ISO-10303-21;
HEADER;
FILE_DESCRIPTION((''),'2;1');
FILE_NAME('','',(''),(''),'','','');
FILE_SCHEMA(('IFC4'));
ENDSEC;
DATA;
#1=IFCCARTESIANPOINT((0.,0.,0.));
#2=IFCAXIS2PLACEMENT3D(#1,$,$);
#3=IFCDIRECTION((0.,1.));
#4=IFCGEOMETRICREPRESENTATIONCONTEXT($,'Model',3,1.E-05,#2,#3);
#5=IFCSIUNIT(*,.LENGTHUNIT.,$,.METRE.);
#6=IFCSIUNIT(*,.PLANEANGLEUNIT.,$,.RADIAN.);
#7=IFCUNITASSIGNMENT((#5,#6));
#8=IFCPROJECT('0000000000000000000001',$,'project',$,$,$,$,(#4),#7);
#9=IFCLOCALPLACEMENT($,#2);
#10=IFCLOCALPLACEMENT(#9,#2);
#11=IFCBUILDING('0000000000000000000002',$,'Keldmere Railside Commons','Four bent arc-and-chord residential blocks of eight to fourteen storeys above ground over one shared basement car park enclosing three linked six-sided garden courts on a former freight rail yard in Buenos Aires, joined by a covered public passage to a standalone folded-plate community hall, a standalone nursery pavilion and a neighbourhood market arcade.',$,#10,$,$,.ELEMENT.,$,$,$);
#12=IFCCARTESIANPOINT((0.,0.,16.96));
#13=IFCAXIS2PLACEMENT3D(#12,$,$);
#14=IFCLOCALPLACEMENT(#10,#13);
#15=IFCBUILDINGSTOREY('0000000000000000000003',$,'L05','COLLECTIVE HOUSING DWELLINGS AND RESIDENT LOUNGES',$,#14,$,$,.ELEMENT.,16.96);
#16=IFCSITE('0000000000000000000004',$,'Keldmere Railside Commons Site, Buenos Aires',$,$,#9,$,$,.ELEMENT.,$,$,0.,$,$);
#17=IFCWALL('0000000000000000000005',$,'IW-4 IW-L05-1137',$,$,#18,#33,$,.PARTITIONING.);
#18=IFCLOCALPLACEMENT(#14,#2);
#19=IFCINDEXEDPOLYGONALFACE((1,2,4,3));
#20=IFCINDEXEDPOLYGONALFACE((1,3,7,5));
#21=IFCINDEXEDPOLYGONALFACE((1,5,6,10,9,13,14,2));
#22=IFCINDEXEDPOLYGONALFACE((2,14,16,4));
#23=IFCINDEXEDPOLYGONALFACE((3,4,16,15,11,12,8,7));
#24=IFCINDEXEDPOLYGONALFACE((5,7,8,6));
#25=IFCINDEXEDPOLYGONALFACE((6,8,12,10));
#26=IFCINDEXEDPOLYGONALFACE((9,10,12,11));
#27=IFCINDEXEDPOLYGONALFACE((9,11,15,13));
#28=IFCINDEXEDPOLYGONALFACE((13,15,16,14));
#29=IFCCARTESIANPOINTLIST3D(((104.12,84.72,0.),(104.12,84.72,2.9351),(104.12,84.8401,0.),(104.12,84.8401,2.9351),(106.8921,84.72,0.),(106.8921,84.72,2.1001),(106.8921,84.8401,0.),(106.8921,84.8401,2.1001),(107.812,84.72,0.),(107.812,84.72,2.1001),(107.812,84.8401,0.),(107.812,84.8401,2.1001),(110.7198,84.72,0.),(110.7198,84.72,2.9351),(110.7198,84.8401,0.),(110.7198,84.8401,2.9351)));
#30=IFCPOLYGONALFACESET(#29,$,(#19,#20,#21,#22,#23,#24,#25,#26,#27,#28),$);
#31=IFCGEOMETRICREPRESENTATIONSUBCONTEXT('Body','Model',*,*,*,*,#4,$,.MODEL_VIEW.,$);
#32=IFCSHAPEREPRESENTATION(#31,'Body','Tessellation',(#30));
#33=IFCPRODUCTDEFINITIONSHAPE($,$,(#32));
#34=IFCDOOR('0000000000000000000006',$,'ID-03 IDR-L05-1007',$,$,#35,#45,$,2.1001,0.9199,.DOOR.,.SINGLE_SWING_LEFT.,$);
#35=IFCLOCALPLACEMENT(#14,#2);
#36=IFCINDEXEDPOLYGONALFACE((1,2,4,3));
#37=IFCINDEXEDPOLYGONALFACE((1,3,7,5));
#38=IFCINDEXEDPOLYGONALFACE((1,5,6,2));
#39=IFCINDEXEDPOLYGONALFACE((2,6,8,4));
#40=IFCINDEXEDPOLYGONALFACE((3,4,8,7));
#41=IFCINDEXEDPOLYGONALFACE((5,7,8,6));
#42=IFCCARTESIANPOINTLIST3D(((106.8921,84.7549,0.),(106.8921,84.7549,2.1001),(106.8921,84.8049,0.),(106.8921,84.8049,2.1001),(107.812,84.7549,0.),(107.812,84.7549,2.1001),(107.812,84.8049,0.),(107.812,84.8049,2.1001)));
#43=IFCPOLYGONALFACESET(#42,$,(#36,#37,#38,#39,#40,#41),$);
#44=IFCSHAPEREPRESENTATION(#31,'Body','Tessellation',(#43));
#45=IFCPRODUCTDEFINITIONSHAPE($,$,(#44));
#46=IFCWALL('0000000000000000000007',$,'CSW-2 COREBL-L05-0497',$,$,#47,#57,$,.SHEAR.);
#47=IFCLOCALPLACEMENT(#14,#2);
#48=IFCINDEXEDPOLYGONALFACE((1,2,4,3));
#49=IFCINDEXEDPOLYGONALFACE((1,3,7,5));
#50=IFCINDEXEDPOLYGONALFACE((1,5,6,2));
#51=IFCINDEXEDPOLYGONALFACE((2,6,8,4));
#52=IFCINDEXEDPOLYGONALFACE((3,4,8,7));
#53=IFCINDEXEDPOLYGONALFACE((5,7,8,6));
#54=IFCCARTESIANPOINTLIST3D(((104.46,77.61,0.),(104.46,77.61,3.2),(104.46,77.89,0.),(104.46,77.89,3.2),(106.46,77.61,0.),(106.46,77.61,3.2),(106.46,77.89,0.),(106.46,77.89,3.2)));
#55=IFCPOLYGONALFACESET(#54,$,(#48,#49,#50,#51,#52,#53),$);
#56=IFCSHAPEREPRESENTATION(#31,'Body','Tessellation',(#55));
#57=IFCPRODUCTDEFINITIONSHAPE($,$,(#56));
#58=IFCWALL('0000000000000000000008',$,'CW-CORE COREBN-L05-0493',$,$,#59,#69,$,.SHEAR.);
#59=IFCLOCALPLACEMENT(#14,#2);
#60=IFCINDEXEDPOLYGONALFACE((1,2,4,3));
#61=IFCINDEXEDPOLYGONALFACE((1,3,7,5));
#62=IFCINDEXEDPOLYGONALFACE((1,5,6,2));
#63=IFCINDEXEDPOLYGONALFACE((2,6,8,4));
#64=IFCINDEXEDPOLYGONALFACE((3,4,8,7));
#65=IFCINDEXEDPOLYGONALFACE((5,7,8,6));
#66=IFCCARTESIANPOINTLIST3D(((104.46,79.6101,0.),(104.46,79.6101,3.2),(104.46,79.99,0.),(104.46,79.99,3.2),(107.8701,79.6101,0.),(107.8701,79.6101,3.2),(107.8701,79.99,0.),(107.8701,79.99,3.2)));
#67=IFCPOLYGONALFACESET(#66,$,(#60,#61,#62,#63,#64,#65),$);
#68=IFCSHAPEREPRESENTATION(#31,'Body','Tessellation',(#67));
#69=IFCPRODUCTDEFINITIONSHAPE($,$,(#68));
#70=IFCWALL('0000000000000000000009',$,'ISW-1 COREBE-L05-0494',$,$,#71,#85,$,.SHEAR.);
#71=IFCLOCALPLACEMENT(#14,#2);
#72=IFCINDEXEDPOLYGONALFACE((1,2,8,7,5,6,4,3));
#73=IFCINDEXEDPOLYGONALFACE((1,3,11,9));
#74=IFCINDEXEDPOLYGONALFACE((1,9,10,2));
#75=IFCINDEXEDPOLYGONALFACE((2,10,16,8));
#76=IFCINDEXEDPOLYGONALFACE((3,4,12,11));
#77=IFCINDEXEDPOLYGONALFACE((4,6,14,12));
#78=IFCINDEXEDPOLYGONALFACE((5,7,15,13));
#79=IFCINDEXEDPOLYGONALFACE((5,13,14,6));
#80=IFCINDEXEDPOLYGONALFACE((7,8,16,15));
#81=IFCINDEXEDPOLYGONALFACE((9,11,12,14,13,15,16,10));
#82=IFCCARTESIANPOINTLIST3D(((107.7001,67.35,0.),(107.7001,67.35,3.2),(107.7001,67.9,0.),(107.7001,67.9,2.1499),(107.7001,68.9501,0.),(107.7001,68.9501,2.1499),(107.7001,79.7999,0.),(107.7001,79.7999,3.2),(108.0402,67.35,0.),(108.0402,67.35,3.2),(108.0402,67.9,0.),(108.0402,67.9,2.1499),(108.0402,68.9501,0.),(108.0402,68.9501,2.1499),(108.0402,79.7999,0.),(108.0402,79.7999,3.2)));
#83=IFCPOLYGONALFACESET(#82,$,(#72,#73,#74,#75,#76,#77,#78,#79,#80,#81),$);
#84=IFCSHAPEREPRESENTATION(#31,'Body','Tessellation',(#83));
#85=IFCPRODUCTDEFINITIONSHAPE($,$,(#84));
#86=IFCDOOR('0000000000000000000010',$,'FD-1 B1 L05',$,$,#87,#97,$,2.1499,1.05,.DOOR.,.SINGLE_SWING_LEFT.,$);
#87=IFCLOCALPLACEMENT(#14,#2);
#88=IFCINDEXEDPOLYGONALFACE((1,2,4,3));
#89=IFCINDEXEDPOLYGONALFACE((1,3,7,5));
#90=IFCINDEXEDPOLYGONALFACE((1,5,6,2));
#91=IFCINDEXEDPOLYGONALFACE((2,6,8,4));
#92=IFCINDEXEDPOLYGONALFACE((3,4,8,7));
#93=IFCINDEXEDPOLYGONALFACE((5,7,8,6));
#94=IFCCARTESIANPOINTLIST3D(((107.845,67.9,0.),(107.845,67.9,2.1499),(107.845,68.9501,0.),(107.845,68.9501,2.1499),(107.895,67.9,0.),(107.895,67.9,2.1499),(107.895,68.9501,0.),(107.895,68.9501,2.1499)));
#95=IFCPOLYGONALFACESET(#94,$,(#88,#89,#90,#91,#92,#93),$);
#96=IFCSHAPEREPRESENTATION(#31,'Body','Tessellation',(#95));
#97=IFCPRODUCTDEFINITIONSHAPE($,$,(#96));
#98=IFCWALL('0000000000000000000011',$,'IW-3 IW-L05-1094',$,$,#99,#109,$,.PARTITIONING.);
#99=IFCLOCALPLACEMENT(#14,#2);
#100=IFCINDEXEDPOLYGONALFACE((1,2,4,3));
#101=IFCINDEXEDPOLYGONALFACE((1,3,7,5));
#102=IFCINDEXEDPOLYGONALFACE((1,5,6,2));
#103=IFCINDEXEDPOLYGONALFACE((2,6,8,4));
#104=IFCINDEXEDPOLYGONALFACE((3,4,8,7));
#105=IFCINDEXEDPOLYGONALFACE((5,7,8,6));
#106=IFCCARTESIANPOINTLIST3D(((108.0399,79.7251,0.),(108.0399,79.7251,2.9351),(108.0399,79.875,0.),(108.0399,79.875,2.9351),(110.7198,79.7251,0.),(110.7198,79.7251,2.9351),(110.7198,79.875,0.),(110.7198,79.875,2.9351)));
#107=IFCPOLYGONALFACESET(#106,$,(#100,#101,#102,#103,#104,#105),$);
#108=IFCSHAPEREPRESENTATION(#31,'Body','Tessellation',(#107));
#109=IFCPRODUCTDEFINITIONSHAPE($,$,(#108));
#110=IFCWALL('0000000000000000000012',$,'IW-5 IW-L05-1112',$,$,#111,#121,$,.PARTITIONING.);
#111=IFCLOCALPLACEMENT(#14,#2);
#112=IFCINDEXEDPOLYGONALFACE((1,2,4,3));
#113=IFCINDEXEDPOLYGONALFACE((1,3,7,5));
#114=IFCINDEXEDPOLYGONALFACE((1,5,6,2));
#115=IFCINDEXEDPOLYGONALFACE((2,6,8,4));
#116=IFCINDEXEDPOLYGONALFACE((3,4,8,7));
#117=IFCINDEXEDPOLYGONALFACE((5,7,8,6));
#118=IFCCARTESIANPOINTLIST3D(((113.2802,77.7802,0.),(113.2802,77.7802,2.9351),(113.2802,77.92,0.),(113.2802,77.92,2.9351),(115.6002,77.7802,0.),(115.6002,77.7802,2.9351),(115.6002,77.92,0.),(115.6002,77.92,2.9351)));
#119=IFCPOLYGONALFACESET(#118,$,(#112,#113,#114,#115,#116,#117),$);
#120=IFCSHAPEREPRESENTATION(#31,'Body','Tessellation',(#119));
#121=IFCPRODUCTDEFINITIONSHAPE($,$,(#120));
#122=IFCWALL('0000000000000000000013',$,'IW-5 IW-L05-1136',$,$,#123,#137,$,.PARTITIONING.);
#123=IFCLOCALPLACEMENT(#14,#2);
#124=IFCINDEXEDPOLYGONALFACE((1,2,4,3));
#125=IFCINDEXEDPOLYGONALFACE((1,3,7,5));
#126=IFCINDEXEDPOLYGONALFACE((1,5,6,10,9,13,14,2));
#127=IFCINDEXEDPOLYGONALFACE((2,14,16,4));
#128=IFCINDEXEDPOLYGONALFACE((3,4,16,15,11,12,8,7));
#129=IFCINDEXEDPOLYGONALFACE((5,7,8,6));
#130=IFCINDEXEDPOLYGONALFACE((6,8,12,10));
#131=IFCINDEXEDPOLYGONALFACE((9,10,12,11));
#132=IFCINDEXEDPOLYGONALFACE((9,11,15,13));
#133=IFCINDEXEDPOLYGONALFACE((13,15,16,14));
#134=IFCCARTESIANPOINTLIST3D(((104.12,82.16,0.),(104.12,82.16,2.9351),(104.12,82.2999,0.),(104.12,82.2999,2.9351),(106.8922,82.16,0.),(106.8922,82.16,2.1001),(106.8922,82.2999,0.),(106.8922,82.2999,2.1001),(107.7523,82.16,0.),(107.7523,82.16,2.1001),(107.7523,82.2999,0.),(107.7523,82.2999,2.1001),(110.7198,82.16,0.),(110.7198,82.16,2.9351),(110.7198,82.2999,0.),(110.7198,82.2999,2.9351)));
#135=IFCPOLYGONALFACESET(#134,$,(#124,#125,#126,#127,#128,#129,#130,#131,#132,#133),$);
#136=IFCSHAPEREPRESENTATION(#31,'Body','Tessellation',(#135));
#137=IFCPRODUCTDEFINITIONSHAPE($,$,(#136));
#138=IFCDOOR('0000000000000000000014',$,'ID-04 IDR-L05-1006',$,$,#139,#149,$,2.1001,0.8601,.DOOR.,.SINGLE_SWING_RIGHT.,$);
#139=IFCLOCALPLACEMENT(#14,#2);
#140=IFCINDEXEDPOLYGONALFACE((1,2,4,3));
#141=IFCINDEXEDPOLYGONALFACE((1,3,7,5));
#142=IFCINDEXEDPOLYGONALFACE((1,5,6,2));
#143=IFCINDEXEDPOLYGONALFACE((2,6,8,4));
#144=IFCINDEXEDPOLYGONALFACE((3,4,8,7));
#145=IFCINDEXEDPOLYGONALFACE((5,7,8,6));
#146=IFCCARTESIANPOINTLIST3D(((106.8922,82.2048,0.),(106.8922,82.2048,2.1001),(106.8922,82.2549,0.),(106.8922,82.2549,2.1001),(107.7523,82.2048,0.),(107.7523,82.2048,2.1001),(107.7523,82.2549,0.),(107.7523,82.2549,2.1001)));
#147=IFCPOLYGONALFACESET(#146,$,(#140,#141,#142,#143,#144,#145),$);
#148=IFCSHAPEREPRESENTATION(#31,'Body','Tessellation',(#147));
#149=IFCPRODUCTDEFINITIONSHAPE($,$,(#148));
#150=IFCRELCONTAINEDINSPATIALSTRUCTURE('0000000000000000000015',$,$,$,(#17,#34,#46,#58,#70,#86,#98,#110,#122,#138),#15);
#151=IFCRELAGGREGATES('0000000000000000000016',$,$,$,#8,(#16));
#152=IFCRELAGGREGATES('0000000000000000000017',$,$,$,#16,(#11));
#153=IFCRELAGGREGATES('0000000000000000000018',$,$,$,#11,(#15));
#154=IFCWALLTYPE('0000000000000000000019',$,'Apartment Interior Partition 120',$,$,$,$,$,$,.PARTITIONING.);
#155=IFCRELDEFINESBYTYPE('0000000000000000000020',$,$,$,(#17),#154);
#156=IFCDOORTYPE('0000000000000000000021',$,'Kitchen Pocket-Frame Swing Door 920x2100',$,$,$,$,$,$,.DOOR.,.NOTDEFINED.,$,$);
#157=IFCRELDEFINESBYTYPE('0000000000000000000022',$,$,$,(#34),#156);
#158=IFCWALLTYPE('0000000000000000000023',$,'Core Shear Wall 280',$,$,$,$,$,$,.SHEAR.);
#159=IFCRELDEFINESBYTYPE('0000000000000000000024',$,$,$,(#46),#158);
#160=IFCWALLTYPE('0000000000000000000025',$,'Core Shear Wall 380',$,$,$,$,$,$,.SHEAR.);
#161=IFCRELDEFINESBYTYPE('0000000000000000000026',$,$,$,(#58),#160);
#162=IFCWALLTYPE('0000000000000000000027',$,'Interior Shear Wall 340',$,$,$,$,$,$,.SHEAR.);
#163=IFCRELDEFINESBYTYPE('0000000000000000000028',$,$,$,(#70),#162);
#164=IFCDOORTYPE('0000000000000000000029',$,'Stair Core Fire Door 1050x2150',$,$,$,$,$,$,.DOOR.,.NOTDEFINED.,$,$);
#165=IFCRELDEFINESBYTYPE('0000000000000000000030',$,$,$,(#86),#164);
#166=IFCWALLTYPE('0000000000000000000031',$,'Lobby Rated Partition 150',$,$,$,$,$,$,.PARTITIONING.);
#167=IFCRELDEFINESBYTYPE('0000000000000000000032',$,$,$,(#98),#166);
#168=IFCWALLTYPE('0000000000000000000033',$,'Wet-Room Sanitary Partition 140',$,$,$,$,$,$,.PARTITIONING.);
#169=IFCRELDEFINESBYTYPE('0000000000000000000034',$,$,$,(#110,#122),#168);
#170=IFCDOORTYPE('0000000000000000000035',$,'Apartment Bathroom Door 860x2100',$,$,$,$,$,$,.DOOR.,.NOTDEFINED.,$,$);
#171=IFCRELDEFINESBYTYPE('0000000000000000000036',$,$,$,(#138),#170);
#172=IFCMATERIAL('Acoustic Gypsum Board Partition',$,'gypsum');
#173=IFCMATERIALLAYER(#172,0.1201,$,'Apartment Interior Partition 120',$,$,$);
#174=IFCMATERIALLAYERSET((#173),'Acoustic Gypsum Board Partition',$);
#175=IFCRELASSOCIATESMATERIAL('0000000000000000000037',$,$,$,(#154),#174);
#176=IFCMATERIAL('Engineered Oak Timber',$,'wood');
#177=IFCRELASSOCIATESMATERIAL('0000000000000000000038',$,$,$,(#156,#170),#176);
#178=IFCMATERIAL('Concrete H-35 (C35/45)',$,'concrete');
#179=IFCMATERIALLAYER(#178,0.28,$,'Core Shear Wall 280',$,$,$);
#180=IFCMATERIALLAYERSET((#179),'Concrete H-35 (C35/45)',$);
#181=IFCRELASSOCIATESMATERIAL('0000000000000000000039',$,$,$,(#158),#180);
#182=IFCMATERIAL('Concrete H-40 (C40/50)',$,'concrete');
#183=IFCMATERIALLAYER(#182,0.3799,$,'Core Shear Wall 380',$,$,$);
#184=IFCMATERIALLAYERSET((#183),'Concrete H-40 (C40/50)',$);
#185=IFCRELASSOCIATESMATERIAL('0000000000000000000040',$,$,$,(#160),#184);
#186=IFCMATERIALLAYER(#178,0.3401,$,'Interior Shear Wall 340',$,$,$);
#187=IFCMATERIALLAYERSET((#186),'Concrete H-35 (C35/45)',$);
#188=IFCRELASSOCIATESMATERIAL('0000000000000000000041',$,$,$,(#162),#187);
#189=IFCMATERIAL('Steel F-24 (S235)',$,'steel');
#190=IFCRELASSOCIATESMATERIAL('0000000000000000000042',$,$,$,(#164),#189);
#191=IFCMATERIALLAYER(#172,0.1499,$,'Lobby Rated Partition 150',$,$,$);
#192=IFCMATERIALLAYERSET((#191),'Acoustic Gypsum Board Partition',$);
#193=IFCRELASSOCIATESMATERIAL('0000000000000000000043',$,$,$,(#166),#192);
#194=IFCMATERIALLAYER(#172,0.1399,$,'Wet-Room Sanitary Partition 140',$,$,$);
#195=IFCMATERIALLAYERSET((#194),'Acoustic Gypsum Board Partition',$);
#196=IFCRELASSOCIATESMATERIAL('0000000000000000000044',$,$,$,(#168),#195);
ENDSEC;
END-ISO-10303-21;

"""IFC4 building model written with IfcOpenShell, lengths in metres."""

from ifc_helpers import new_model, si_unit, direction, frame, frame_2d, origin, place, context, subcontext, project, spatial, rectangle, extrude, material, layer, layer_set, type_object, element, fill, save


model = new_model("IFC4")

# Units and contexts
model_context = context("Model", 3, precision=1e-05, world=origin(), true_north=direction((0.0, 1.0)))
body_context = subcontext(model_context, "Body", "Model", "MODEL_VIEW")
ifc_project = project(units=[si_unit("LENGTHUNIT", "METRE"), si_unit("PLANEANGLEUNIT", "RADIAN")], contexts=[model_context])

# Site, building, storey
site_placement = place(None, origin())
site = spatial("IfcSite", under=ifc_project, at=site_placement, Name="Keldmere Railside Commons Site, Buenos Aires", CompositionType="ELEMENT", RefElevation=0.0)
building_placement = place(site_placement, origin())
building = spatial("IfcBuilding", under=site, at=building_placement, Name="Keldmere Railside Commons", Description="Four bent arc-and-chord residential blocks of eight to fourteen storeys above ground over one shared basement car park enclosing three linked six-sided garden courts on a former freight rail yard in Buenos Aires, joined by a covered public passage to a standalone folded-plate community hall, a standalone nursery pavilion and a neighbourhood market arcade.", CompositionType="ELEMENT")
storey_placement = place(building_placement, frame((0.0, 0.0, 16.96)))
storey = spatial("IfcBuildingStorey", under=building, at=storey_placement, Name="L05", Description="COLLECTIVE HOUSING DWELLINGS AND RESIDENT LOUNGES", CompositionType="ELEMENT", Elevation=16.96)

# Shared definitions
ifc_material_1 = material(Name="Concrete H-35 (C35/45)", Category="concrete")

# Shared definitions
ifc_material_2 = material(Name="Acoustic Gypsum Board Partition", Category="gypsum")

# Wall, opening, door
ifc_layer_1 = layer(ifc_material_2, 0.1201, Name="Apartment Interior Partition 120")
ifc_layer_set_1 = layer_set([ifc_layer_1], Name="Acoustic Gypsum Board Partition")
wall_type_1 = type_object("IfcWallType", Name="Apartment Interior Partition 120", PredefinedType="PARTITIONING", material=ifc_layer_set_1)
wall_1_placement = place(storey_placement, frame((104.1201, 84.78, 0.0), z_axis=(0.0, 0.0, 1.0), x_axis=(1.0, 0.0, 0.0)))
wall_1 = element("IfcWall", 1, at=wall_1_placement, inside=storey, type_object=wall_type_1, Name="IW-4 IW-L05-1137", PredefinedType="PARTITIONING", context=body_context, shape_type="SweptSolid", body=[
    extrude(rectangle(XDim=6.5999, YDim=0.1201, at=frame_2d((3.2998, 0.0))), origin(), (0.0, 0.0, 1.0), 2.9351),
])
opening_1_placement = place(wall_1_placement, frame((2.772, 0.0, 0.0)))
opening_1 = element("IfcOpeningElement", 2, at=opening_1_placement, cuts=wall_1, PredefinedType="OPENING", context=body_context, shape_type="SweptSolid", body=[
    extrude(rectangle(XDim=0.9199, YDim=2.1001, at=frame_2d((0.46, 1.05))), frame((0.0, 0.0701, 0.0), z_axis=(0.0, -1.0, 0.0), x_axis=(1.0, 0.0, 0.0)), (0.0, 0.0, 1.0), 0.1401),
])
ifc_material_3 = material(Name="Engineered Oak Timber", Category="wood")
door_type_1 = type_object("IfcDoorType", Name="Kitchen Pocket-Frame Swing Door 920x2100", OperationType="NOTDEFINED", PredefinedType="DOOR", material=ifc_material_3)
door_1_placement = place(opening_1_placement, origin())
door_1 = element("IfcDoor", 3, at=door_1_placement, inside=storey, type_object=door_type_1, Name="ID-03 IDR-L05-1007", OperationType="SINGLE_SWING_LEFT", OverallHeight=2.1001, OverallWidth=0.9199, PredefinedType="DOOR", context=body_context, shape_type="SweptSolid", body=[
    extrude(rectangle(XDim=0.9199, YDim=2.1001, at=frame_2d((0.46, 1.05))), frame((0.0, 0.0249, 0.0), z_axis=(0.0, -1.0, 0.0), x_axis=(1.0, 0.0, 0.0)), (0.0, 0.0, 1.0), 0.05),
])
fill(opening_1, door_1)

# Walls
ifc_layer_2 = layer(ifc_material_1, 0.28, Name="Core Shear Wall 280")
ifc_layer_set_2 = layer_set([ifc_layer_2], Name="Concrete H-35 (C35/45)")
wall_type_2 = type_object("IfcWallType", Name="Core Shear Wall 280", PredefinedType="SHEAR", material=ifc_layer_set_2)
wall_2_placement = place(storey_placement, frame((104.46, 77.75, 0.0), z_axis=(0.0, 0.0, 1.0), x_axis=(1.0, 0.0, 0.0)))
element("IfcWall", 4, at=wall_2_placement, inside=storey, type_object=wall_type_2, Name="CSW-2 COREBL-L05-0497", PredefinedType="SHEAR", context=body_context, shape_type="SweptSolid", body=[
    extrude(rectangle(XDim=2.0, YDim=0.28, at=frame_2d((1.0, 0.0))), origin(), (0.0, 0.0, 1.0), 3.2),
])
ifc_material_4 = material(Name="Concrete H-40 (C40/50)", Category="concrete")
ifc_layer_3 = layer(ifc_material_4, 0.3799, Name="Core Shear Wall 380")
ifc_layer_set_3 = layer_set([ifc_layer_3], Name="Concrete H-40 (C40/50)")
wall_type_3 = type_object("IfcWallType", Name="Core Shear Wall 380", PredefinedType="SHEAR", material=ifc_layer_set_3)
wall_3_placement = place(storey_placement, frame((104.46, 79.8, 0.0), z_axis=(0.0, 0.0, 1.0), x_axis=(1.0, 0.0, 0.0)))
element("IfcWall", 5, at=wall_3_placement, inside=storey, type_object=wall_type_3, Name="CW-CORE COREBN-L05-0493", PredefinedType="SHEAR", context=body_context, shape_type="SweptSolid", body=[
    extrude(rectangle(XDim=3.4102, YDim=0.3799, at=frame_2d((1.7051, 0.0))), origin(), (0.0, 0.0, 1.0), 3.2),
])

# Wall, opening, door
ifc_layer_4 = layer(ifc_material_1, 0.3401, Name="Interior Shear Wall 340")
ifc_layer_set_4 = layer_set([ifc_layer_4], Name="Concrete H-35 (C35/45)")
wall_type_4 = type_object("IfcWallType", Name="Interior Shear Wall 340", PredefinedType="SHEAR", material=ifc_layer_set_4)
wall_4_placement = place(storey_placement, frame((107.8701, 79.8, 0.0), z_axis=(0.0, 0.0, 1.0), x_axis=(0.0, -1.0, 0.0)))
wall_4 = element("IfcWall", 6, at=wall_4_placement, inside=storey, type_object=wall_type_4, Name="ISW-1 COREBE-L05-0494", PredefinedType="SHEAR", context=body_context, shape_type="SweptSolid", body=[
    extrude(rectangle(XDim=12.45, YDim=0.3401, at=frame_2d((6.2251, 0.0))), origin(), (0.0, 0.0, 1.0), 3.2),
])
opening_2_placement = place(wall_4_placement, frame((10.8501, 0.0, 0.0)))
opening_2 = element("IfcOpeningElement", 7, at=opening_2_placement, cuts=wall_4, PredefinedType="OPENING", context=body_context, shape_type="SweptSolid", body=[
    extrude(rectangle(XDim=1.05, YDim=2.1499, at=frame_2d((0.5249, 1.075))), frame((0.0, 0.1799, 0.0), z_axis=(0.0, -1.0, 0.0), x_axis=(1.0, 0.0, 0.0)), (0.0, 0.0, 1.0), 0.3601),
])
ifc_material_5 = material(Name="Steel F-24 (S235)", Category="steel")
door_type_2 = type_object("IfcDoorType", Name="Stair Core Fire Door 1050x2150", OperationType="NOTDEFINED", PredefinedType="DOOR", material=ifc_material_5)
door_2_placement = place(opening_2_placement, origin())
door_2 = element("IfcDoor", 8, at=door_2_placement, inside=storey, type_object=door_type_2, Name="FD-1 B1 L05", OperationType="SINGLE_SWING_LEFT", OverallHeight=2.1499, OverallWidth=1.05, PredefinedType="DOOR", context=body_context, shape_type="SweptSolid", body=[
    extrude(rectangle(XDim=1.05, YDim=2.1499, at=frame_2d((0.5249, 1.075))), frame((0.0, 0.0249, 0.0), z_axis=(0.0, -1.0, 0.0), x_axis=(1.0, 0.0, 0.0)), (0.0, 0.0, 1.0), 0.05),
])
fill(opening_2, door_2)

# Walls
ifc_layer_5 = layer(ifc_material_2, 0.1499, Name="Lobby Rated Partition 150")
ifc_layer_set_5 = layer_set([ifc_layer_5], Name="Acoustic Gypsum Board Partition")
wall_type_5 = type_object("IfcWallType", Name="Lobby Rated Partition 150", PredefinedType="PARTITIONING", material=ifc_layer_set_5)
wall_5_placement = place(storey_placement, frame((108.04, 79.8, 0.0), z_axis=(0.0, 0.0, 1.0), x_axis=(1.0, 0.0, 0.0)))
element("IfcWall", 9, at=wall_5_placement, inside=storey, type_object=wall_type_5, Name="IW-3 IW-L05-1094", PredefinedType="PARTITIONING", context=body_context, shape_type="SweptSolid", body=[
    extrude(rectangle(XDim=2.6799, YDim=0.1499, at=frame_2d((1.3398, 0.0))), origin(), (0.0, 0.0, 1.0), 2.9351),
])
ifc_layer_6 = layer(ifc_material_2, 0.1399, Name="Wet-Room Sanitary Partition 140")
ifc_layer_set_6 = layer_set([ifc_layer_6], Name="Acoustic Gypsum Board Partition")
wall_type_6 = type_object("IfcWallType", Name="Wet-Room Sanitary Partition 140", PredefinedType="PARTITIONING", material=ifc_layer_set_6)
wall_6_placement = place(storey_placement, frame((113.28, 77.8501, 0.0), z_axis=(0.0, 0.0, 1.0), x_axis=(1.0, 0.0, 0.0)))
element("IfcWall", 10, at=wall_6_placement, inside=storey, type_object=wall_type_6, Name="IW-5 IW-L05-1112", PredefinedType="PARTITIONING", context=body_context, shape_type="SweptSolid", body=[
    extrude(rectangle(XDim=2.3201, YDim=0.1399, at=frame_2d((1.1602, 0.0))), origin(), (0.0, 0.0, 1.0), 2.9351),
])

# Wall, opening, door
wall_7_placement = place(storey_placement, frame((104.1201, 82.23, 0.0), z_axis=(0.0, 0.0, 1.0), x_axis=(1.0, 0.0, 0.0)))
wall_7 = element("IfcWall", 11, at=wall_7_placement, inside=storey, type_object=wall_type_6, Name="IW-5 IW-L05-1136", PredefinedType="PARTITIONING", context=body_context, shape_type="SweptSolid", body=[
    extrude(rectangle(XDim=6.5999, YDim=0.1399, at=frame_2d((3.2998, 0.0))), origin(), (0.0, 0.0, 1.0), 2.9351),
])
opening_3_placement = place(wall_7_placement, frame((2.772, 0.0, 0.0)))
opening_3 = element("IfcOpeningElement", 12, at=opening_3_placement, cuts=wall_7, PredefinedType="OPENING", context=body_context, shape_type="SweptSolid", body=[
    extrude(rectangle(XDim=0.8601, YDim=2.1001, at=frame_2d((0.4302, 1.05))), frame((0.0, 0.0798, 0.0), z_axis=(0.0, -1.0, 0.0), x_axis=(1.0, 0.0, 0.0)), (0.0, 0.0, 1.0), 0.1599),
])
door_type_3 = type_object("IfcDoorType", Name="Apartment Bathroom Door 860x2100", OperationType="NOTDEFINED", PredefinedType="DOOR", material=ifc_material_3)
door_3_placement = place(opening_3_placement, origin())
door_3 = element("IfcDoor", 13, at=door_3_placement, inside=storey, type_object=door_type_3, Name="ID-04 IDR-L05-1006", OperationType="SINGLE_SWING_RIGHT", OverallHeight=2.1001, OverallWidth=0.8601, PredefinedType="DOOR", context=body_context, shape_type="SweptSolid", body=[
    extrude(rectangle(XDim=0.8601, YDim=2.1001, at=frame_2d((0.4302, 1.05))), frame((0.0, 0.0249, 0.0), z_axis=(0.0, -1.0, 0.0), x_axis=(1.0, 0.0, 0.0)), (0.0, 0.0, 1.0), 0.05),
])
fill(opening_3, door_3)

save(model, "model.ifc")
